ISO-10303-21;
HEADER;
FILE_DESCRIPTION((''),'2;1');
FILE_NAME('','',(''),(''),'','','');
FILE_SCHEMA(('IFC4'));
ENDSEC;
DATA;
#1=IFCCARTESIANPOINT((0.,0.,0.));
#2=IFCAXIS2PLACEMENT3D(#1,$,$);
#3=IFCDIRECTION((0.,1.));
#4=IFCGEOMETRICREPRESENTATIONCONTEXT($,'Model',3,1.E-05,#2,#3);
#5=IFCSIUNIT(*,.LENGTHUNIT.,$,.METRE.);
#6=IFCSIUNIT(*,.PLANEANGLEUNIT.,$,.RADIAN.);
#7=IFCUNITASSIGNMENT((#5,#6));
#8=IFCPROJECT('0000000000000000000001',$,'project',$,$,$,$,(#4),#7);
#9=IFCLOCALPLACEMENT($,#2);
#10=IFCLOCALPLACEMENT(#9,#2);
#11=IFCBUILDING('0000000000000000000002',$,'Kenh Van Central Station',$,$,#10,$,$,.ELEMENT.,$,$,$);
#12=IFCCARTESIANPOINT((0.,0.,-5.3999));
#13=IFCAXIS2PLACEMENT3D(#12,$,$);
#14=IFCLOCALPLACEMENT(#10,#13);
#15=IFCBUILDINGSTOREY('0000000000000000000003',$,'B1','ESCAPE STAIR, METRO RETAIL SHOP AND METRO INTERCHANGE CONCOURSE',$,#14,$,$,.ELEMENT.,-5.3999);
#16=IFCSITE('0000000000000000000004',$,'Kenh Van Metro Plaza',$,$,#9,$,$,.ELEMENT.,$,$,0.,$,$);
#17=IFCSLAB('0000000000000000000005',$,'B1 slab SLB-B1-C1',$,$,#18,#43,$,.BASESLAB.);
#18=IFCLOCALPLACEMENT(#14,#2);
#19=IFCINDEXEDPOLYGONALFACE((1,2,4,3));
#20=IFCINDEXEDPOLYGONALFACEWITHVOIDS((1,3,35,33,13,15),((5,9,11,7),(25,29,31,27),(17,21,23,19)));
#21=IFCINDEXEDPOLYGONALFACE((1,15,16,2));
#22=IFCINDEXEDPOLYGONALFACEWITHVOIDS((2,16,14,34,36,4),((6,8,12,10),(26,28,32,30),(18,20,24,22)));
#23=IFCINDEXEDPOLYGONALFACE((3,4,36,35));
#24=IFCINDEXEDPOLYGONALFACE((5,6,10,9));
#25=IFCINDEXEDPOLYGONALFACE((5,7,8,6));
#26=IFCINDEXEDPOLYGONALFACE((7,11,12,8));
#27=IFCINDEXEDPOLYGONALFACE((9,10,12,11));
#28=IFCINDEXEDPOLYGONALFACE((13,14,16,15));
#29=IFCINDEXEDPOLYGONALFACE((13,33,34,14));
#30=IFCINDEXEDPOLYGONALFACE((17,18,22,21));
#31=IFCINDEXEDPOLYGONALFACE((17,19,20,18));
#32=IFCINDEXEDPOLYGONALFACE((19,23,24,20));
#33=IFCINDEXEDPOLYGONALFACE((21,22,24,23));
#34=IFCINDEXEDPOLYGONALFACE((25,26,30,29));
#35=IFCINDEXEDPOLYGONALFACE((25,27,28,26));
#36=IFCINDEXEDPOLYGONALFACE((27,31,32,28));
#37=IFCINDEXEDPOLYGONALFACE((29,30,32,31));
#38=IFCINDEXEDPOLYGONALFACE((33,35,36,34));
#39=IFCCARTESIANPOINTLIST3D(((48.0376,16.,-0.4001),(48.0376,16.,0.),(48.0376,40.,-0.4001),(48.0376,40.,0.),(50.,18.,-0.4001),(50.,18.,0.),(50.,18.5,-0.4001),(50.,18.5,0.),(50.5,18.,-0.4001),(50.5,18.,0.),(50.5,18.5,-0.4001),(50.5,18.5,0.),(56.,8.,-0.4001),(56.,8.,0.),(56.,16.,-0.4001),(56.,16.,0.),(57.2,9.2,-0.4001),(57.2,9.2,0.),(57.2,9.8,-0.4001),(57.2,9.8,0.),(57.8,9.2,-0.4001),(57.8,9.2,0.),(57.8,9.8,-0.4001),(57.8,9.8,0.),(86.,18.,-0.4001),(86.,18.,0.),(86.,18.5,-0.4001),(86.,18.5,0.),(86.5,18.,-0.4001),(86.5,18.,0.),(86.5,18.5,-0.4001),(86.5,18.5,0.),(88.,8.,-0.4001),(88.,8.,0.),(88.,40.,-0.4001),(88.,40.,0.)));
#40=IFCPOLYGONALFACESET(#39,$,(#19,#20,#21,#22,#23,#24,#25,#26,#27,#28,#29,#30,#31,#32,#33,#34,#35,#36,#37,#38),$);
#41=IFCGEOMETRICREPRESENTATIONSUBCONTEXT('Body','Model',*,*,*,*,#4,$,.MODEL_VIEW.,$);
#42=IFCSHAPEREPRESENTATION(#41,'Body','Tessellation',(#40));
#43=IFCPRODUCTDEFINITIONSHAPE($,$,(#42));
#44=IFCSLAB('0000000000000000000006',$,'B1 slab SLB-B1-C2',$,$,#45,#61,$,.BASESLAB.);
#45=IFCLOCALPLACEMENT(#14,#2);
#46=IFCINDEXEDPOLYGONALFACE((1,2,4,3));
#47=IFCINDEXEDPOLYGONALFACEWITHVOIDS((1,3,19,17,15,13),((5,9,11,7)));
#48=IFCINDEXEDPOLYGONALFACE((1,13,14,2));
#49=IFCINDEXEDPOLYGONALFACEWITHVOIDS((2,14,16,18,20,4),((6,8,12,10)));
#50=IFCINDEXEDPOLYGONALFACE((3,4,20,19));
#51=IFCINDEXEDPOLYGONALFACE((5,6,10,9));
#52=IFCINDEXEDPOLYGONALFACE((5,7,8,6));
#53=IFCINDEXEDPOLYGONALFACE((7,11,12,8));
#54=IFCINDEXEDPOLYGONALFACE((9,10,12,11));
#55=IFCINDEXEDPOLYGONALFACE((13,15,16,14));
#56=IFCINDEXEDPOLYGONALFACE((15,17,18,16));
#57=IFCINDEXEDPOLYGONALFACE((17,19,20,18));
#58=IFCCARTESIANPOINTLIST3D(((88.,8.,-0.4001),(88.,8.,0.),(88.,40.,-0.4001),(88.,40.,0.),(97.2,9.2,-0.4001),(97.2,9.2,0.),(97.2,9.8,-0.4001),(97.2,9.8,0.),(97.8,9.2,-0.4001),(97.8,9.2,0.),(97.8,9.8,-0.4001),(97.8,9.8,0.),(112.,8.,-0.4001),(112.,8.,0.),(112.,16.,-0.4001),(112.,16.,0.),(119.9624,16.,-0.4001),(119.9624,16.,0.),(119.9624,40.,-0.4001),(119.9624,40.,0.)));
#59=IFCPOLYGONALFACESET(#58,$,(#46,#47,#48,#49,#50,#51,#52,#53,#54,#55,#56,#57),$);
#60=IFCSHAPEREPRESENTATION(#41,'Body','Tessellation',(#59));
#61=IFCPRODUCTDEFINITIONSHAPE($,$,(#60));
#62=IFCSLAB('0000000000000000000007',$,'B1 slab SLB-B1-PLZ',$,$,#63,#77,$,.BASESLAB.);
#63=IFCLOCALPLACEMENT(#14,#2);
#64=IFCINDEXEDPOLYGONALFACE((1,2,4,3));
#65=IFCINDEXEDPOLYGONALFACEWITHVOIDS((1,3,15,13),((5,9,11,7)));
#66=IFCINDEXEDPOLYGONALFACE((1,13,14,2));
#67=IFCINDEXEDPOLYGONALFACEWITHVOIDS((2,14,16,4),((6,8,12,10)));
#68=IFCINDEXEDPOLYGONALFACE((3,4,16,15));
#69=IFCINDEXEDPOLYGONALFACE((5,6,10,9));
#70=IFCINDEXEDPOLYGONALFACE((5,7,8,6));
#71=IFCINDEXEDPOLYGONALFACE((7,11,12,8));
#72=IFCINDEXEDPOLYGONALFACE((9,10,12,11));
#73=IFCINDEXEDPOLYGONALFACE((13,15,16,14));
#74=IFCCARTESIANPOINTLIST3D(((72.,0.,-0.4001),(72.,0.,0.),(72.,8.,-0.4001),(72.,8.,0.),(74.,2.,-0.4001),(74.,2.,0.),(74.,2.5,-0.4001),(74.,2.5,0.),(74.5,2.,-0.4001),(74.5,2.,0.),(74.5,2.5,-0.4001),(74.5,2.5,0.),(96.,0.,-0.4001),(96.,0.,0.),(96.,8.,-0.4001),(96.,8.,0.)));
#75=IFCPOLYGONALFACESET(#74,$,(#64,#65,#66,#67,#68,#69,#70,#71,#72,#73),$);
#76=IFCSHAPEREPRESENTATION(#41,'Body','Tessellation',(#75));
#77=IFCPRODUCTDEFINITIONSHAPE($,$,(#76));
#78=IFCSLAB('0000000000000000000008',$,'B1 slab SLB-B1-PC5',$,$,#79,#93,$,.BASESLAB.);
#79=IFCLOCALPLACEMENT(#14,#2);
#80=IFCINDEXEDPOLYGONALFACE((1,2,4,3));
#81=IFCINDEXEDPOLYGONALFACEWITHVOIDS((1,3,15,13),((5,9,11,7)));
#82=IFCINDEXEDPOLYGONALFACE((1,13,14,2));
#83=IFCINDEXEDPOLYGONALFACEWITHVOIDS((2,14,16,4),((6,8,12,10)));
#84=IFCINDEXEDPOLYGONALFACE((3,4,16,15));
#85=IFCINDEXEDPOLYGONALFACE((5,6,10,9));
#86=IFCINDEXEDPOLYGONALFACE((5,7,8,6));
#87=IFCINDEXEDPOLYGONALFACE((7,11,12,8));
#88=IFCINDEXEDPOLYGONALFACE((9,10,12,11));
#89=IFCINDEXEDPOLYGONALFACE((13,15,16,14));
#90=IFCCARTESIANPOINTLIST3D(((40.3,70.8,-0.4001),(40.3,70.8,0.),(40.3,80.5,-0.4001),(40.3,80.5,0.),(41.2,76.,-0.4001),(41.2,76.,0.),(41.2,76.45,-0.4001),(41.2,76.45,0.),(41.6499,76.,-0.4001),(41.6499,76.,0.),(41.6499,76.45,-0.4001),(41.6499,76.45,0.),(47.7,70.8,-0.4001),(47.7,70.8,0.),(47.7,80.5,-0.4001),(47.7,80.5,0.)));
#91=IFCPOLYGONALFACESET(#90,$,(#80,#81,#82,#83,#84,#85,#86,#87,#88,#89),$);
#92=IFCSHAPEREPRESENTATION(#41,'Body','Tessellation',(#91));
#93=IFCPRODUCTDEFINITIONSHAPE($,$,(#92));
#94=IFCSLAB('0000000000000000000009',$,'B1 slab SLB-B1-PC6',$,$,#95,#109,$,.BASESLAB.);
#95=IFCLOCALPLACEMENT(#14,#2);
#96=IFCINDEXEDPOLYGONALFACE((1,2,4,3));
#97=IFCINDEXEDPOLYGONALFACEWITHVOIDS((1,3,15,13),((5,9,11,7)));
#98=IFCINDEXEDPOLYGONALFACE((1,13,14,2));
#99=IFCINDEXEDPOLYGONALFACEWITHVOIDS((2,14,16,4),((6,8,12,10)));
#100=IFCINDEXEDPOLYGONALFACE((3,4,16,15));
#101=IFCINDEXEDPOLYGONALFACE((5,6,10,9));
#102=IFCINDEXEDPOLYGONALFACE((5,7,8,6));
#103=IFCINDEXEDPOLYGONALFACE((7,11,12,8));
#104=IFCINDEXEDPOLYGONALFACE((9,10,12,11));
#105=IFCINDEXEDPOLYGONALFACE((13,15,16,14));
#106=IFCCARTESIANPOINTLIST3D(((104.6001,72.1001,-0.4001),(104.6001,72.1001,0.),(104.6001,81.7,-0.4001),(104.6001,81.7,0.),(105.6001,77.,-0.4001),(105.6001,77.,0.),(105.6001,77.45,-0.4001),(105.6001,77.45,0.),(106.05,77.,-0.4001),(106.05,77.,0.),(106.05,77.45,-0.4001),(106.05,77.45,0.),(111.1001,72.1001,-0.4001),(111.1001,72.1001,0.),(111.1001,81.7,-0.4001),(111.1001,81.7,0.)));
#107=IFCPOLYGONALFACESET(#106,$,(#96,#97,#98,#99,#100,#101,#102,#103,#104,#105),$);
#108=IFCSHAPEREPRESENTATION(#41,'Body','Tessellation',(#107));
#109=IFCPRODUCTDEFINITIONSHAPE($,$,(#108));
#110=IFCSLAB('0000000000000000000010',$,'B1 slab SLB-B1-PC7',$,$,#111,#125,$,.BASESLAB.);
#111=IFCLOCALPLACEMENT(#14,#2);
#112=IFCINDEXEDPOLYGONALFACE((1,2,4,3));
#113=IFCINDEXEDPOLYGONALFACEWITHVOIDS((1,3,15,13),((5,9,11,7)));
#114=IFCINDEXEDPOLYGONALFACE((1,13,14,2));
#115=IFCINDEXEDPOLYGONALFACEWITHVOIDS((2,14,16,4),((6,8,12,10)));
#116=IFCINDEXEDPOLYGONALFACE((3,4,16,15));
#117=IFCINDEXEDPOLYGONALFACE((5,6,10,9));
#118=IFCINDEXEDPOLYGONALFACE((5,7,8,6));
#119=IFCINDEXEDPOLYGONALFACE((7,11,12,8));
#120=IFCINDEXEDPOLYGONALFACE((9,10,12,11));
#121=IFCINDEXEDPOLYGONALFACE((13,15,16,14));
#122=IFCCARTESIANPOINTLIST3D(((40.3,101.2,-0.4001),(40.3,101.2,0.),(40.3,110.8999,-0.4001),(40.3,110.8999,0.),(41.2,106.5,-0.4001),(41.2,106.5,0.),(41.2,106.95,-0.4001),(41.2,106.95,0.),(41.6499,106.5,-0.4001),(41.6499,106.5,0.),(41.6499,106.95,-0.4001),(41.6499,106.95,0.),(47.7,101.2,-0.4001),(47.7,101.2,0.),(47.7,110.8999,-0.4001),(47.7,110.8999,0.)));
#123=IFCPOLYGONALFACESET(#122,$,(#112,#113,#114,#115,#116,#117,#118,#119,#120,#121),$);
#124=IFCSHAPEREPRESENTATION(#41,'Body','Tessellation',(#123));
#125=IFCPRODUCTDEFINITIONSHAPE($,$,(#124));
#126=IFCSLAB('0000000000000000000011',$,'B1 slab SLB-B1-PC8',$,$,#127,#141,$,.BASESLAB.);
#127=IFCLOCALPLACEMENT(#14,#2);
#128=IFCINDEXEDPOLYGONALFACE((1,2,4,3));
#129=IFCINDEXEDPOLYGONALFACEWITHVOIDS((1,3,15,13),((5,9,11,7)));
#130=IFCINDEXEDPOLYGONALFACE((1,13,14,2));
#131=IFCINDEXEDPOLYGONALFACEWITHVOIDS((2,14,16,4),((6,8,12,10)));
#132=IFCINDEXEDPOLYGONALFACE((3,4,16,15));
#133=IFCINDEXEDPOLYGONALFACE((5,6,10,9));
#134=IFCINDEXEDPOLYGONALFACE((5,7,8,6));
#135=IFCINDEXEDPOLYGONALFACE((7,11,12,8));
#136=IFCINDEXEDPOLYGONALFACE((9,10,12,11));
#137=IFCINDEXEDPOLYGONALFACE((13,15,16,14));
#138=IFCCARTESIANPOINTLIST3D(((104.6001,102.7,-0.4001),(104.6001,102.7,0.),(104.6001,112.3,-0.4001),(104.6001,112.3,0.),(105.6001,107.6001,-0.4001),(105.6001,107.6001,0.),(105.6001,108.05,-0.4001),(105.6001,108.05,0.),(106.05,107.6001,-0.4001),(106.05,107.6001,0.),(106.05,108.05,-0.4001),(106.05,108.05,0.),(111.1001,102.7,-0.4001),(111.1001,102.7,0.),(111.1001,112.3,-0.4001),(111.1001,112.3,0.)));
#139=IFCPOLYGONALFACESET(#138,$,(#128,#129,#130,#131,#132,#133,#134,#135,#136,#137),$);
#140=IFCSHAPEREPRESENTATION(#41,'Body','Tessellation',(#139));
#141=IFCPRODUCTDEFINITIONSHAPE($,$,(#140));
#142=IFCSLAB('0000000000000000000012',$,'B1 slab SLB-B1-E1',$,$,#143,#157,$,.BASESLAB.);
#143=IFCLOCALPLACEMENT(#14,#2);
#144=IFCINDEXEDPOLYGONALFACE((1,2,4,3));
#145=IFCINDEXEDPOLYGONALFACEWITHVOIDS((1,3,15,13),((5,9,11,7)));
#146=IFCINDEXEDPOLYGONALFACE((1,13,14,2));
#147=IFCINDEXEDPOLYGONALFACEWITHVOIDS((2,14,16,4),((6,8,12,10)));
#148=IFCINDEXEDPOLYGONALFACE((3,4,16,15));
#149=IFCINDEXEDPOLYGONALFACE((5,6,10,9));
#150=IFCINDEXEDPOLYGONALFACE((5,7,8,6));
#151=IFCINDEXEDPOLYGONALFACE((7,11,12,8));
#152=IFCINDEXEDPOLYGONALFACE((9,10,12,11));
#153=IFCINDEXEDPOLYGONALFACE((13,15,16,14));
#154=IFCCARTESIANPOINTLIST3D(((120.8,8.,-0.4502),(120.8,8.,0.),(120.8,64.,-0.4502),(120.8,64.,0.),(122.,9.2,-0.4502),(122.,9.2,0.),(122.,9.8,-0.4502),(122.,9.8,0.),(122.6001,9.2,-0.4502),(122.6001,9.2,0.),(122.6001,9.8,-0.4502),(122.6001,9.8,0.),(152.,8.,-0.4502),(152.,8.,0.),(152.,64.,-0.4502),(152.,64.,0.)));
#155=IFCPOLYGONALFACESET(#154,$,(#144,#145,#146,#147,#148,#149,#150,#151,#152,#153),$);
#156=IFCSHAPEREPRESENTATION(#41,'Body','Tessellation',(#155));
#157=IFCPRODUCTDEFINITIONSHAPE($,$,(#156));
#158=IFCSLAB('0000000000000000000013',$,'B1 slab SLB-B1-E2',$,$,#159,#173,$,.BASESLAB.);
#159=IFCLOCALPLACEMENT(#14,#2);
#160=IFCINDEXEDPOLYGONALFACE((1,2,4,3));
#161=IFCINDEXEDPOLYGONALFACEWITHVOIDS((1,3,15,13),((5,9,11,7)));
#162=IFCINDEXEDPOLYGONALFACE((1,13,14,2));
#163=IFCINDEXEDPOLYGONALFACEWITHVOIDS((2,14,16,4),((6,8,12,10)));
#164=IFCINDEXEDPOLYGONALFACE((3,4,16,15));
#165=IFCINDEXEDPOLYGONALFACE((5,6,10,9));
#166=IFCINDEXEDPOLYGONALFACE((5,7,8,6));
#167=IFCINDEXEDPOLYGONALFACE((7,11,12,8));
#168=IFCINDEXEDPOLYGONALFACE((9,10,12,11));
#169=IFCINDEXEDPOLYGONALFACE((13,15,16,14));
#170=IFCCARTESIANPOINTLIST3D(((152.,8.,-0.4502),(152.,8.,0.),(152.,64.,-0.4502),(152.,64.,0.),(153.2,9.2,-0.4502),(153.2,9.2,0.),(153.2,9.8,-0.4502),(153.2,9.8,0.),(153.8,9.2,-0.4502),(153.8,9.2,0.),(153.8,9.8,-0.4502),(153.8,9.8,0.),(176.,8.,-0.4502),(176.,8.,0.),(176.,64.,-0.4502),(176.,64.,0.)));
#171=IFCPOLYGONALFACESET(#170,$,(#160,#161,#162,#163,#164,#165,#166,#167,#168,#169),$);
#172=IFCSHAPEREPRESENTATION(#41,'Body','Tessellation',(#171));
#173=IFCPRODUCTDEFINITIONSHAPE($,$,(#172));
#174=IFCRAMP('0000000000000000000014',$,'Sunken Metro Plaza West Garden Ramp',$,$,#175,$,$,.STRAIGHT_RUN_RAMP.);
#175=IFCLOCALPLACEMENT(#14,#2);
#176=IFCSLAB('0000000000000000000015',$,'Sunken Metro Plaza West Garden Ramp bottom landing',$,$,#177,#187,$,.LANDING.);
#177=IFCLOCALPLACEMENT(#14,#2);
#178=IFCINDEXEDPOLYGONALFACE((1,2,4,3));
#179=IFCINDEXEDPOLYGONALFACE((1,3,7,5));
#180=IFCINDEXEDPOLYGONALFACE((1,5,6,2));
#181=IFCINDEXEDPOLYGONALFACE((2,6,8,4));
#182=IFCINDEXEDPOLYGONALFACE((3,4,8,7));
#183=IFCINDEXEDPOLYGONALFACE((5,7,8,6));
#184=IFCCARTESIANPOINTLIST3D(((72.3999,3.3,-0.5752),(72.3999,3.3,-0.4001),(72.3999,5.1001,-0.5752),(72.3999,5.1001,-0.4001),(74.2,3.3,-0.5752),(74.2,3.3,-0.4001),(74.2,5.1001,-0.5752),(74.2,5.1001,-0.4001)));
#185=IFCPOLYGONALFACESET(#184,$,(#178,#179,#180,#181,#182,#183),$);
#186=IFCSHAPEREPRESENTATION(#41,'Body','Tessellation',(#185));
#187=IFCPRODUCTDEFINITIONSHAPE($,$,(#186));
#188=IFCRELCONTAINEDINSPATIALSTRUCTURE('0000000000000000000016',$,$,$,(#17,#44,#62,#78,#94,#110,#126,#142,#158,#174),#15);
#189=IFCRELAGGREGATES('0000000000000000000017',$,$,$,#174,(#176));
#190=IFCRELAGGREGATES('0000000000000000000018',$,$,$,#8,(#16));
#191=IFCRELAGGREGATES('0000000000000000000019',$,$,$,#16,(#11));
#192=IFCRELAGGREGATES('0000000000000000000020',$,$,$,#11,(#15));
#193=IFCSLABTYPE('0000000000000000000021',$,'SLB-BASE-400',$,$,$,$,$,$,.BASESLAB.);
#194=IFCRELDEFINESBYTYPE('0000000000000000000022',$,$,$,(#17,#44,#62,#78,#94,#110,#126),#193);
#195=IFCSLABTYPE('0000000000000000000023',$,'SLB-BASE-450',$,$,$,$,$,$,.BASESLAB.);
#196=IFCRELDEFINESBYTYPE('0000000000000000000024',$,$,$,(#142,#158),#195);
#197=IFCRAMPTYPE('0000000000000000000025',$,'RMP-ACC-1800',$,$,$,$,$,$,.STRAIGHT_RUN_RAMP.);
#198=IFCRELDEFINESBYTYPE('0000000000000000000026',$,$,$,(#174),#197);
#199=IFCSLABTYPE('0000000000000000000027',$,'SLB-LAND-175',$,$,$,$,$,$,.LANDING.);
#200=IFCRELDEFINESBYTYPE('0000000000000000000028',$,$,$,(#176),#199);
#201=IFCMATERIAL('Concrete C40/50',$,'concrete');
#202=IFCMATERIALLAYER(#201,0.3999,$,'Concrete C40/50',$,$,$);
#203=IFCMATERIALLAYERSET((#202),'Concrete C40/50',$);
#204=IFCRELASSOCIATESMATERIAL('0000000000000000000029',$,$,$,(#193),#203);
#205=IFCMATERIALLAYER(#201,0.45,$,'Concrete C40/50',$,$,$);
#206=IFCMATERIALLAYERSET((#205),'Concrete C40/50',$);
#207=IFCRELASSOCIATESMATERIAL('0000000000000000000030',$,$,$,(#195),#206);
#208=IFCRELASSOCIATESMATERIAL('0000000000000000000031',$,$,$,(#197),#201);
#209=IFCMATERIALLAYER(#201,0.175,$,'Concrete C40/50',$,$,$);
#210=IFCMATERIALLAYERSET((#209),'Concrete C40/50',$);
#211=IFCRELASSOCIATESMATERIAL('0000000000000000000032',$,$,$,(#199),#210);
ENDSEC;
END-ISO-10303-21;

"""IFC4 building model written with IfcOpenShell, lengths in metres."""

from ifc_helpers import new_model, si_unit, direction, frame, origin, place, context, subcontext, project, spatial, polyline, outline, extrude, material, layer, layer_set, type_object, element, aggregate, save


model = new_model("IFC4")

# Units and contexts
model_context = context("Model", 3, precision=1e-05, world=origin(), true_north=direction((0.0, 1.0)))
body_context = subcontext(model_context, "Body", "Model", "MODEL_VIEW")
ifc_project = project(units=[si_unit("LENGTHUNIT", "METRE"), si_unit("PLANEANGLEUNIT", "RADIAN")], contexts=[model_context])

# Site, building, storey
site_placement = place(None, origin())
site = spatial("IfcSite", under=ifc_project, at=site_placement, Name="Kenh Van Metro Plaza", CompositionType="ELEMENT", RefElevation=0.0)
building_placement = place(site_placement, origin())
building = spatial("IfcBuilding", under=site, at=building_placement, Name="Kenh Van Central Station", CompositionType="ELEMENT")
storey_placement = place(building_placement, frame((0.0, 0.0, -5.3999)))
storey = spatial("IfcBuildingStorey", under=building, at=storey_placement, Name="B1", Description="ESCAPE STAIR, METRO RETAIL SHOP AND METRO INTERCHANGE CONCOURSE", CompositionType="ELEMENT", Elevation=-5.3999)

# Shared definitions
ifc_material_1 = material(Name="Concrete C40/50", Category="concrete")

# Slabs
ifc_layer_1 = layer(ifc_material_1, 0.3999, Name="Concrete C40/50")
ifc_layer_set_1 = layer_set([ifc_layer_1], Name="Concrete C40/50")
slab_type_1 = type_object("IfcSlabType", Name="SLB-BASE-400", PredefinedType="BASESLAB", material=ifc_layer_set_1)
slab_1_placement = place(storey_placement, frame((0.0, 0.0, -0.4001)))
element("IfcSlab", 1, at=slab_1_placement, inside=storey, type_object=slab_type_1, Name="B1 slab SLB-B1-C1", PredefinedType="BASESLAB", context=body_context, shape_type="SweptSolid", body=[
    extrude(outline(polyline([(48.0376, 16.0), (56.0, 16.0), (56.0, 8.0), (88.0, 8.0), (88.0, 40.0), (48.0376, 40.0), (48.0376, 16.0)]), holes=[polyline([(86.0, 18.0), (86.0, 18.5), (86.5, 18.5), (86.5, 18.0), (86.0, 18.0)]), polyline([(57.2, 9.2), (57.2, 9.8), (57.8, 9.8), (57.8, 9.2), (57.2, 9.2)]), polyline([(50.5, 18.0), (50.0, 18.0), (50.0, 18.5), (50.5, 18.5), (50.5, 18.0)])]), origin(), (0.0, 0.0, 1.0), 0.4001),
])
slab_2_placement = place(storey_placement, frame((0.0, 0.0, -0.4001)))
element("IfcSlab", 2, at=slab_2_placement, inside=storey, type_object=slab_type_1, Name="B1 slab SLB-B1-C2", PredefinedType="BASESLAB", context=body_context, shape_type="SweptSolid", body=[
    extrude(outline(polyline([(88.0, 8.0), (112.0, 8.0), (112.0, 16.0), (119.9624, 16.0), (119.9624, 40.0), (88.0, 40.0), (88.0, 8.0)]), holes=[polyline([(97.2, 9.2), (97.2, 9.8), (97.8, 9.8), (97.8, 9.2), (97.2, 9.2)])]), origin(), (0.0, 0.0, 1.0), 0.4001),
])
slab_3_placement = place(storey_placement, frame((0.0, 0.0, -0.4001)))
element("IfcSlab", 3, at=slab_3_placement, inside=storey, type_object=slab_type_1, Name="B1 slab SLB-B1-PLZ", PredefinedType="BASESLAB", context=body_context, shape_type="SweptSolid", body=[
    extrude(outline(polyline([(72.0, 0.0), (96.0, 0.0), (96.0, 8.0), (72.0, 8.0), (72.0, 0.0)]), holes=[polyline([(74.0, 2.0), (74.0, 2.5), (74.5, 2.5), (74.5, 2.0), (74.0, 2.0)])]), origin(), (0.0, 0.0, 1.0), 0.4001),
])
slab_4_placement = place(storey_placement, frame((0.0, 0.0, -0.4001)))
element("IfcSlab", 4, at=slab_4_placement, inside=storey, type_object=slab_type_1, Name="B1 slab SLB-B1-PC5", PredefinedType="BASESLAB", context=body_context, shape_type="SweptSolid", body=[
    extrude(outline(polyline([(40.3, 70.8), (47.7, 70.8), (47.7, 80.5), (40.3, 80.5), (40.3, 70.8)]), holes=[polyline([(41.6499, 76.0), (41.2, 76.0), (41.2, 76.45), (41.6499, 76.45), (41.6499, 76.0)])]), origin(), (0.0, 0.0, 1.0), 0.4001),
])
slab_5_placement = place(storey_placement, frame((0.0, 0.0, -0.4001)))
element("IfcSlab", 5, at=slab_5_placement, inside=storey, type_object=slab_type_1, Name="B1 slab SLB-B1-PC6", PredefinedType="BASESLAB", context=body_context, shape_type="SweptSolid", body=[
    extrude(outline(polyline([(104.6001, 72.1001), (111.1001, 72.1001), (111.1001, 81.7), (104.6001, 81.7), (104.6001, 72.1001)]), holes=[polyline([(106.05, 77.0), (105.6001, 77.0), (105.6001, 77.45), (106.05, 77.45), (106.05, 77.0)])]), origin(), (0.0, 0.0, 1.0), 0.4001),
])
slab_6_placement = place(storey_placement, frame((0.0, 0.0, -0.4001)))
element("IfcSlab", 6, at=slab_6_placement, inside=storey, type_object=slab_type_1, Name="B1 slab SLB-B1-PC7", PredefinedType="BASESLAB", context=body_context, shape_type="SweptSolid", body=[
    extrude(outline(polyline([(40.3, 101.2), (47.7, 101.2), (47.7, 110.8999), (40.3, 110.8999), (40.3, 101.2)]), holes=[polyline([(41.6499, 106.5), (41.2, 106.5), (41.2, 106.95), (41.6499, 106.95), (41.6499, 106.5)])]), origin(), (0.0, 0.0, 1.0), 0.4001),
])
slab_7_placement = place(storey_placement, frame((0.0, 0.0, -0.4001)))
element("IfcSlab", 7, at=slab_7_placement, inside=storey, type_object=slab_type_1, Name="B1 slab SLB-B1-PC8", PredefinedType="BASESLAB", context=body_context, shape_type="SweptSolid", body=[
    extrude(outline(polyline([(104.6001, 102.7), (111.1001, 102.7), (111.1001, 112.3), (104.6001, 112.3), (104.6001, 102.7)]), holes=[polyline([(106.05, 107.6001), (105.6001, 107.6001), (105.6001, 108.05), (106.05, 108.05), (106.05, 107.6001)])]), origin(), (0.0, 0.0, 1.0), 0.4001),
])
ifc_layer_2 = layer(ifc_material_1, 0.45, Name="Concrete C40/50")
ifc_layer_set_2 = layer_set([ifc_layer_2], Name="Concrete C40/50")
slab_type_2 = type_object("IfcSlabType", Name="SLB-BASE-450", PredefinedType="BASESLAB", material=ifc_layer_set_2)
slab_8_placement = place(storey_placement, frame((0.0, 0.0, -0.4502)))
element("IfcSlab", 8, at=slab_8_placement, inside=storey, type_object=slab_type_2, Name="B1 slab SLB-B1-E1", PredefinedType="BASESLAB", context=body_context, shape_type="SweptSolid", body=[
    extrude(outline(polyline([(120.8, 8.0), (152.0, 8.0), (152.0, 64.0), (120.8, 64.0), (120.8, 8.0)]), holes=[polyline([(122.0, 9.2), (122.0, 9.8), (122.6001, 9.8), (122.6001, 9.2), (122.0, 9.2)])]), origin(), (0.0, 0.0, 1.0), 0.4502),
])
slab_9_placement = place(storey_placement, frame((0.0, 0.0, -0.4502)))
element("IfcSlab", 9, at=slab_9_placement, inside=storey, type_object=slab_type_2, Name="B1 slab SLB-B1-E2", PredefinedType="BASESLAB", context=body_context, shape_type="SweptSolid", body=[
    extrude(outline(polyline([(152.0, 8.0), (176.0, 8.0), (176.0, 64.0), (152.0, 64.0), (152.0, 8.0)]), holes=[polyline([(153.8, 9.2), (153.2, 9.2), (153.2, 9.8), (153.8, 9.8), (153.8, 9.2)])]), origin(), (0.0, 0.0, 1.0), 0.4502),
])

# Ramp, slab
ramp_type = type_object("IfcRampType", Name="RMP-ACC-1800", PredefinedType="STRAIGHT_RUN_RAMP", material=ifc_material_1)
ramp_1_placement = place(storey_placement, origin())
ramp_1 = element("IfcRamp", 10, at=ramp_1_placement, inside=storey, type_object=ramp_type, Name="Sunken Metro Plaza West Garden Ramp", PredefinedType="STRAIGHT_RUN_RAMP")
ifc_layer_3 = layer(ifc_material_1, 0.175, Name="Concrete C40/50")
ifc_layer_set_3 = layer_set([ifc_layer_3], Name="Concrete C40/50")
slab_type_3 = type_object("IfcSlabType", Name="SLB-LAND-175", PredefinedType="LANDING", material=ifc_layer_set_3)
slab_10_placement = place(storey_placement, frame((0.0, 0.0, -0.5752)))
slab_10 = element("IfcSlab", 11, at=slab_10_placement, type_object=slab_type_3, Name="Sunken Metro Plaza West Garden Ramp bottom landing", PredefinedType="LANDING", context=body_context, shape_type="SweptSolid", body=[
    extrude(outline(polyline([(72.3999, 3.3), (74.2, 3.3), (74.2, 5.1001), (72.3999, 5.1001), (72.3999, 3.3)])), origin(), (0.0, 0.0, 1.0), 0.175),
])
aggregate(ramp_1, [slab_10])

save(model, "model.ifc")
